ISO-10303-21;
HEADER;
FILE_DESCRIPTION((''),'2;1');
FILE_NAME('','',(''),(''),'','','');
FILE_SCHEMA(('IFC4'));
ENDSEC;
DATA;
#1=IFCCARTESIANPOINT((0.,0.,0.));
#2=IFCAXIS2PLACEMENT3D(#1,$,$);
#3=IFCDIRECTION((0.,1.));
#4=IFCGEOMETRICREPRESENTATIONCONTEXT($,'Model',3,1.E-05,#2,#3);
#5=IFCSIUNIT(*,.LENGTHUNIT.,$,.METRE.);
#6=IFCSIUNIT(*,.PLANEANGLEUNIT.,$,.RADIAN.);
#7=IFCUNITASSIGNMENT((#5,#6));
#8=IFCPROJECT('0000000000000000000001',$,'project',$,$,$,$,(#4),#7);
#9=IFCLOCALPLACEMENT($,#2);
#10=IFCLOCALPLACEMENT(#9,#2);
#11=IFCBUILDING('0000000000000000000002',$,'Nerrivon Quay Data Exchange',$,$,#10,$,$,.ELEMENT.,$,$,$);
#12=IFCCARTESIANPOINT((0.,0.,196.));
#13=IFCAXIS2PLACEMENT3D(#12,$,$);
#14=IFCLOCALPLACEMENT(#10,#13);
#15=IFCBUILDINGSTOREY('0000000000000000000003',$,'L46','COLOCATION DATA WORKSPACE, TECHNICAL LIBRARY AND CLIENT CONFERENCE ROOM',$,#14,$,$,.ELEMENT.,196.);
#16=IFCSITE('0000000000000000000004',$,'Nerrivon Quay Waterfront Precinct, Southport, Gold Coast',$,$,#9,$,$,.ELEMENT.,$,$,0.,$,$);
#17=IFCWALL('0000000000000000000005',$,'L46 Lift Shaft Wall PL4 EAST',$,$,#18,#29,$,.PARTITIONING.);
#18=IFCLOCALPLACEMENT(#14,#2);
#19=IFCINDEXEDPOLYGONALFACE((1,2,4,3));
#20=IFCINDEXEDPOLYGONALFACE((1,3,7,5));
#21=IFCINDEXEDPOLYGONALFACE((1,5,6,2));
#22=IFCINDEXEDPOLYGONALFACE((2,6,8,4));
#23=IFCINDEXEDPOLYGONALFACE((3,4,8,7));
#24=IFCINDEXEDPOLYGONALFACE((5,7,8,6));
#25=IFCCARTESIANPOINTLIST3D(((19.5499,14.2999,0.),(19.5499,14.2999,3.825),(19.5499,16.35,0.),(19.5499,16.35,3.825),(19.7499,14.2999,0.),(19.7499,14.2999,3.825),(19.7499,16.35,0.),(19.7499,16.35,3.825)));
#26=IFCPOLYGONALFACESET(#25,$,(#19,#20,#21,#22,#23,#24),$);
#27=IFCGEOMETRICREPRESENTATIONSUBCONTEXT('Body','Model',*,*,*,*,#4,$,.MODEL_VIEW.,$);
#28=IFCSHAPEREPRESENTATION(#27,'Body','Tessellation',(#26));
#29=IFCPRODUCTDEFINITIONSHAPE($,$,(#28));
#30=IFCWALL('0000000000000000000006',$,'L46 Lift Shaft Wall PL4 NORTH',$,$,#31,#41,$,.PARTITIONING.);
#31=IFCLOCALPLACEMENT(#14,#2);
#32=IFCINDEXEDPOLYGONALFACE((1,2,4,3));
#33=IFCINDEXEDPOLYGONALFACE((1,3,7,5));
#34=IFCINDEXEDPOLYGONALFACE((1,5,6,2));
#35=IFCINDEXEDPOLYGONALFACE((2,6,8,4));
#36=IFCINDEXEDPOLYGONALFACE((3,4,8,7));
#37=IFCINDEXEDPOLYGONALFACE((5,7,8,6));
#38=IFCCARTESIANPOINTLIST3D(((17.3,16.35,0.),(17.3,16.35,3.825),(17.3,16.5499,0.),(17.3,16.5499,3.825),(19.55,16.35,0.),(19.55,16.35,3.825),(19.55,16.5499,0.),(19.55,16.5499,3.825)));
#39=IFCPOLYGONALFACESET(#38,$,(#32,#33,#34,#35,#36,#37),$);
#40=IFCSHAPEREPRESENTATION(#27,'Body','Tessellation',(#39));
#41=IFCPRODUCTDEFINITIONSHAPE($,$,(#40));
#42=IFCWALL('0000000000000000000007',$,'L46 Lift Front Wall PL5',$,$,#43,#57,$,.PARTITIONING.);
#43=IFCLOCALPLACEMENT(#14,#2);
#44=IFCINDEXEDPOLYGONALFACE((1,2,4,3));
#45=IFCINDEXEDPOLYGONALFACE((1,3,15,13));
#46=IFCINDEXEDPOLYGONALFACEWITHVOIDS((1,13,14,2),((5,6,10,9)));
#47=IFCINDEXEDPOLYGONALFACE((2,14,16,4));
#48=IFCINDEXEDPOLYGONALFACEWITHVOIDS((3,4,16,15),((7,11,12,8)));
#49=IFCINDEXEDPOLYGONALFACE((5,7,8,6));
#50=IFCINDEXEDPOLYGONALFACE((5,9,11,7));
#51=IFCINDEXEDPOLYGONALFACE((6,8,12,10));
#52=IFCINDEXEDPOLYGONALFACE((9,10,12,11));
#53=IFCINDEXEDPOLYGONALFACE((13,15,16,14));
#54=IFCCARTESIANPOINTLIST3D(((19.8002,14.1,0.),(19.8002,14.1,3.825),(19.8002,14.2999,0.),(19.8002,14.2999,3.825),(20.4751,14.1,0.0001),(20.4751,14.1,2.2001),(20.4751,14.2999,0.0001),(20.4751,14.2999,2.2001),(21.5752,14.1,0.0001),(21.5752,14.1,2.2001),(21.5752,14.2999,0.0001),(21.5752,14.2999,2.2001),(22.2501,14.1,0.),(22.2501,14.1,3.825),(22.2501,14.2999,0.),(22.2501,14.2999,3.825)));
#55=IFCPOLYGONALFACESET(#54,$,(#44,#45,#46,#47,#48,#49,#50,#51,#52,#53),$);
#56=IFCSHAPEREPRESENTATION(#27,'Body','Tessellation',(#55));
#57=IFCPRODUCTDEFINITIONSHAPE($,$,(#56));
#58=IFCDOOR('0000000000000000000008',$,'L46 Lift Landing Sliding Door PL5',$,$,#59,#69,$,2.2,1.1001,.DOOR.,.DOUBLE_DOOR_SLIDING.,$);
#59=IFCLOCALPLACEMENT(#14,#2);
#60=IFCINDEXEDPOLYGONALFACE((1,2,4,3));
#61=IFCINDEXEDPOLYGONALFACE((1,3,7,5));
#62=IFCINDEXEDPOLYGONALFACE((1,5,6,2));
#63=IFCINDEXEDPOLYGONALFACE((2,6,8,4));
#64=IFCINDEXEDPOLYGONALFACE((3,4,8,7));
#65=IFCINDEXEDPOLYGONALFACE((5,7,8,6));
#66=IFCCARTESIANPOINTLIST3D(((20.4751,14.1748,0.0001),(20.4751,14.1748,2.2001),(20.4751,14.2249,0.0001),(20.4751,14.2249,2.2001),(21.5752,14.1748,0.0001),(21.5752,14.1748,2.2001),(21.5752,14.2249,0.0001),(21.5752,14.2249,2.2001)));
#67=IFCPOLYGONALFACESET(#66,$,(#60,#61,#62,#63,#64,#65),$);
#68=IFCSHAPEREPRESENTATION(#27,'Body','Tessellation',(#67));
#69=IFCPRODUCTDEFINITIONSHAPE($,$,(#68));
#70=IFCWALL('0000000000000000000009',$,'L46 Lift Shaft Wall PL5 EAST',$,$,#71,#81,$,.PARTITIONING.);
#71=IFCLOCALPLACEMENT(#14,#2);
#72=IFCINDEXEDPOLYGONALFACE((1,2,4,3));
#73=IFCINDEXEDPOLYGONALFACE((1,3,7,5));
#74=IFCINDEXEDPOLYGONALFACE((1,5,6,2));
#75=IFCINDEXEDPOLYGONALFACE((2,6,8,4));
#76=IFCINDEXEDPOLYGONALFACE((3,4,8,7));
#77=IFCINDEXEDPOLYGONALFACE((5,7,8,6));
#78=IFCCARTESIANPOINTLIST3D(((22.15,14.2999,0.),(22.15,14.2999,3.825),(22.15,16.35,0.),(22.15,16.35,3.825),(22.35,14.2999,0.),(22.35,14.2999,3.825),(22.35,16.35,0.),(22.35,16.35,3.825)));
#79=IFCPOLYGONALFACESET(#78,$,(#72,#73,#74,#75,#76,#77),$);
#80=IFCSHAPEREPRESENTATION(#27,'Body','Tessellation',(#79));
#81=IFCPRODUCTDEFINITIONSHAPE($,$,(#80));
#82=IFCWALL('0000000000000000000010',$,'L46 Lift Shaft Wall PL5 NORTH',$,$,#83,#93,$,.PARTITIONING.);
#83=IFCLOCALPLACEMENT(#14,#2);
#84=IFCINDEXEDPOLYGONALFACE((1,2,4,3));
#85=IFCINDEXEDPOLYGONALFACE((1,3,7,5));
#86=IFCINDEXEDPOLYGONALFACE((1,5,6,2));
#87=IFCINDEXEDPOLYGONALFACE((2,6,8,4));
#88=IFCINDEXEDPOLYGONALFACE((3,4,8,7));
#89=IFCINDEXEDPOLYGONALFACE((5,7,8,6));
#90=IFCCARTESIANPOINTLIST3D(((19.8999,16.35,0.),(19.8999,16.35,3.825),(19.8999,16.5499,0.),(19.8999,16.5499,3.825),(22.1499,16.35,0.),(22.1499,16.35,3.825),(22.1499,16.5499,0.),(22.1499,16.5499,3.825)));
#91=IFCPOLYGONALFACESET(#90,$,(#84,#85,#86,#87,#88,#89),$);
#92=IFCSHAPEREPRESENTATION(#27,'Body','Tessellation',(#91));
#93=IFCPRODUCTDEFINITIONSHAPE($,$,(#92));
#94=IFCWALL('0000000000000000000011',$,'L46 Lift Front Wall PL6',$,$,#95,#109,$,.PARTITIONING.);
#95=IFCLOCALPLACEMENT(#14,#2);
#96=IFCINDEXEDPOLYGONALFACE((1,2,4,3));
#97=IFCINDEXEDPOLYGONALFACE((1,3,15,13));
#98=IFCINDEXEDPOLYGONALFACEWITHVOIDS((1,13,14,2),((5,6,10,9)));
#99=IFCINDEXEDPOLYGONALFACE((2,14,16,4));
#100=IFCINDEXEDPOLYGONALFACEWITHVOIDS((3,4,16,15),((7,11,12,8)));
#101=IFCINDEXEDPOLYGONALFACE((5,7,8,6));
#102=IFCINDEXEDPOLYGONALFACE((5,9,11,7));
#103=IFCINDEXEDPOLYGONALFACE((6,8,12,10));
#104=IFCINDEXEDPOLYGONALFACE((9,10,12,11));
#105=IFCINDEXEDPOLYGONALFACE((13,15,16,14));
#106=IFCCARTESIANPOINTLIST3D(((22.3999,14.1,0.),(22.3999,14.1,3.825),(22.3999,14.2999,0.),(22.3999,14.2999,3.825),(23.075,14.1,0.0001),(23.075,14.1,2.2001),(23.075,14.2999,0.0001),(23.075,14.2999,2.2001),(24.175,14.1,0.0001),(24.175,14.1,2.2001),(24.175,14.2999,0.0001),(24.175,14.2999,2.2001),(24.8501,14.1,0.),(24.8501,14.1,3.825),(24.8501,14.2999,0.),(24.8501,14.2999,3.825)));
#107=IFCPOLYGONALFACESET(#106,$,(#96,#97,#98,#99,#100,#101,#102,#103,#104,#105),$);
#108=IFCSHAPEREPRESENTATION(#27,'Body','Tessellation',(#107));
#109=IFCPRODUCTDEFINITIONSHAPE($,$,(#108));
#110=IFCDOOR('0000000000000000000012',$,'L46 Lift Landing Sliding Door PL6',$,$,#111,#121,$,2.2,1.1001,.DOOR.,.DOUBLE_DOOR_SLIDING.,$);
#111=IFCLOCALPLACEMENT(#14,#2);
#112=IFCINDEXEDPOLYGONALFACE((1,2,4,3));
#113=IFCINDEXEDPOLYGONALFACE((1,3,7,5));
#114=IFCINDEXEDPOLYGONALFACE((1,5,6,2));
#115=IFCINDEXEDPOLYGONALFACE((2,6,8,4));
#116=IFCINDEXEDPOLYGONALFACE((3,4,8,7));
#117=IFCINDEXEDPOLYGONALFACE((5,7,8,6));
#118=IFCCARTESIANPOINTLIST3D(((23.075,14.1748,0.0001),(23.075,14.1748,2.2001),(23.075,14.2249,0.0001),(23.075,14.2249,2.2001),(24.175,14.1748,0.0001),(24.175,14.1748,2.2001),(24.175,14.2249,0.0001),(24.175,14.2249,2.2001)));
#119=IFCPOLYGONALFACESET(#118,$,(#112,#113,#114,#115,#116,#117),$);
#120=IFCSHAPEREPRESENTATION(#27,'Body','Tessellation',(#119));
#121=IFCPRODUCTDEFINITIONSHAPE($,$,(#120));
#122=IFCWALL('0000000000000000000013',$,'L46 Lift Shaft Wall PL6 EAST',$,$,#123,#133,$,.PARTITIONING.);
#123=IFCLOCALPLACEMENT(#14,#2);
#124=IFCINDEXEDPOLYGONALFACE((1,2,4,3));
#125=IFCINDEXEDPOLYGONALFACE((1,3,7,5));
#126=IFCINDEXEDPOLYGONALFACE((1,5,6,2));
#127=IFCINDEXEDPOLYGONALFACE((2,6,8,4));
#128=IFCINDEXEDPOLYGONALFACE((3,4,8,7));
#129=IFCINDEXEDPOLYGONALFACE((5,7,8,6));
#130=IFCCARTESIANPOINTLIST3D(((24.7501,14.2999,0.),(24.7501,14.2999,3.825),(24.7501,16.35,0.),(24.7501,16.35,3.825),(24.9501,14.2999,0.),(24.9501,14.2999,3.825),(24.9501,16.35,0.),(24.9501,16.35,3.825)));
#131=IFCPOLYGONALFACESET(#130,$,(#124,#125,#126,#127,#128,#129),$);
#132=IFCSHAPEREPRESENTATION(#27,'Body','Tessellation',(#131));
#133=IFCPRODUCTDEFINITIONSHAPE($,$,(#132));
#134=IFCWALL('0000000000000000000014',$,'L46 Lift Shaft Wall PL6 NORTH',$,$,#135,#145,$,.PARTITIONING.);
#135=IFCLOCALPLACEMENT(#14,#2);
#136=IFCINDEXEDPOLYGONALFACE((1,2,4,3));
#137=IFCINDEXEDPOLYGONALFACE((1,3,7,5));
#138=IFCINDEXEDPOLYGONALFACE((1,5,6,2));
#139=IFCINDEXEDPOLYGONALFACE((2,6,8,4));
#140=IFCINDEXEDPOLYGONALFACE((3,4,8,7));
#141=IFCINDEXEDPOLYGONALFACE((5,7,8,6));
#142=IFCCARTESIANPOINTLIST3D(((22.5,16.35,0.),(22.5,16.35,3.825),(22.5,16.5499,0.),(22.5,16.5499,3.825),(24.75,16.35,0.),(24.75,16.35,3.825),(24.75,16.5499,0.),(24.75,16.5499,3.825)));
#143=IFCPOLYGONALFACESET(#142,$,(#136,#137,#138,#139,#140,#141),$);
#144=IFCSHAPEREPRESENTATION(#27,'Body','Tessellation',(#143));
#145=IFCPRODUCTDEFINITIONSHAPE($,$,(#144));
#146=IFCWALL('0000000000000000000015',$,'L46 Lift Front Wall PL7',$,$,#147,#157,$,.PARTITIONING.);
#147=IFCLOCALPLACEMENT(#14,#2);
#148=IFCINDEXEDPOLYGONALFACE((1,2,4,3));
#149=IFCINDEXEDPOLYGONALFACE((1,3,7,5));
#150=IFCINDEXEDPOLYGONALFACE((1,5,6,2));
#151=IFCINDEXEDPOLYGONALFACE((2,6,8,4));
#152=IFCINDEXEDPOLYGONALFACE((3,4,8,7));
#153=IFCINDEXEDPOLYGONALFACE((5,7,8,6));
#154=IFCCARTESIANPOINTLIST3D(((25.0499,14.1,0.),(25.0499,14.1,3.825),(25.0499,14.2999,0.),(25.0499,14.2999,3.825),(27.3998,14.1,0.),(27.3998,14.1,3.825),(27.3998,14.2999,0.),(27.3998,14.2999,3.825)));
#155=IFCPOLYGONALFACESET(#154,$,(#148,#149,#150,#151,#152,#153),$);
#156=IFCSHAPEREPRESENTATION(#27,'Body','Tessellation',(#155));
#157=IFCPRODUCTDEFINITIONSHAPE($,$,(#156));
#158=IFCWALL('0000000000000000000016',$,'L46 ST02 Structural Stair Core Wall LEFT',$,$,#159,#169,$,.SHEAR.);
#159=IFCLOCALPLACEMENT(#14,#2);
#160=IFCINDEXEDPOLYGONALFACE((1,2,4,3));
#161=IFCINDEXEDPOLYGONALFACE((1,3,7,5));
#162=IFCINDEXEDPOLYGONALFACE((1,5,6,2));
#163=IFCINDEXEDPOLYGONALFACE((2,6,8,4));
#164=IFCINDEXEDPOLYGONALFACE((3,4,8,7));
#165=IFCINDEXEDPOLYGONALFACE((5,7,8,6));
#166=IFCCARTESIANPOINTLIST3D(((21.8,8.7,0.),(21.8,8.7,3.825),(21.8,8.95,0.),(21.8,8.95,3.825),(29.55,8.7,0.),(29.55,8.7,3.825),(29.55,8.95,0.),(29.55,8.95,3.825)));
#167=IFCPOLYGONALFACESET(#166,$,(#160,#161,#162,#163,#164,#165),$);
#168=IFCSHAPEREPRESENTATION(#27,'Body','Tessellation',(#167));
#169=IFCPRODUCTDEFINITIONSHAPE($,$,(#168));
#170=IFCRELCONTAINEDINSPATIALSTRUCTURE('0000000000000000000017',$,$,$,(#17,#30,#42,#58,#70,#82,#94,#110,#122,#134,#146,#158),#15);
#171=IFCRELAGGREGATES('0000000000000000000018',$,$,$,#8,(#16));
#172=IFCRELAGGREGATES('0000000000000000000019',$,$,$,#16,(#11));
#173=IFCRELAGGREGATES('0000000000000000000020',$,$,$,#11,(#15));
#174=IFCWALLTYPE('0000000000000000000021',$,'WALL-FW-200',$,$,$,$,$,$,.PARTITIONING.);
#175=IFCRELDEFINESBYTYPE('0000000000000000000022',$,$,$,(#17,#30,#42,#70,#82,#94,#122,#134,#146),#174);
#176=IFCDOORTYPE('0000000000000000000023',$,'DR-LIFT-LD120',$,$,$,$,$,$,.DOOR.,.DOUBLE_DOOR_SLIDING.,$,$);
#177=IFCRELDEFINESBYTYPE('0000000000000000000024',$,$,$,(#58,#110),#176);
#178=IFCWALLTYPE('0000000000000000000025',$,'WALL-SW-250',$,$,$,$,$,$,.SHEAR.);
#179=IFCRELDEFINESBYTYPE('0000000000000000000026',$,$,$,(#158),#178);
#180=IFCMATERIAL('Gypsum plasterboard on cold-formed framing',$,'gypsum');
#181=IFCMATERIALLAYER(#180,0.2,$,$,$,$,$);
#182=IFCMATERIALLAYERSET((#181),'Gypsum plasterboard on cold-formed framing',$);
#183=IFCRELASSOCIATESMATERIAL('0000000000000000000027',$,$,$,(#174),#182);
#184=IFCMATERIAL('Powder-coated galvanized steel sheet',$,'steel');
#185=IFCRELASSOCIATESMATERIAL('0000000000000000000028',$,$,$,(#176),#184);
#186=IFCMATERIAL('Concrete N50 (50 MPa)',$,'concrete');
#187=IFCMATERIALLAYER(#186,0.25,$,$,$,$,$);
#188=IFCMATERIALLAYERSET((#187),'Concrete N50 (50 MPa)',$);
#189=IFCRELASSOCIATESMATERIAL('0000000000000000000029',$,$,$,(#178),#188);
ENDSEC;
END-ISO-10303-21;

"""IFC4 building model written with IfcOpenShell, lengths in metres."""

from ifc_helpers import new_model, si_unit, direction, frame, frame_2d, origin, place, context, subcontext, project, spatial, rectangle, extrude, material, layer, layer_set, type_object, element, fill, save


model = new_model("IFC4")

# Units and contexts
model_context = context("Model", 3, precision=1e-05, world=origin(), true_north=direction((0.0, 1.0)))
body_context = subcontext(model_context, "Body", "Model", "MODEL_VIEW")
ifc_project = project(units=[si_unit("LENGTHUNIT", "METRE"), si_unit("PLANEANGLEUNIT", "RADIAN")], contexts=[model_context])

# Site, building, storey
site_placement = place(None, origin())
site = spatial("IfcSite", under=ifc_project, at=site_placement, Name="Nerrivon Quay Waterfront Precinct, Southport, Gold Coast", CompositionType="ELEMENT", RefElevation=0.0)
building_placement = place(site_placement, origin())
building = spatial("IfcBuilding", under=site, at=building_placement, Name="Nerrivon Quay Data Exchange", CompositionType="ELEMENT")
storey_placement = place(building_placement, frame((0.0, 0.0, 196.0)))
storey = spatial("IfcBuildingStorey", under=building, at=storey_placement, Name="L46", Description="COLOCATION DATA WORKSPACE, TECHNICAL LIBRARY AND CLIENT CONFERENCE ROOM", CompositionType="ELEMENT", Elevation=196.0)

# Shared definitions
ifc_material_1 = material(Name="Concrete N50 (50 MPa)", Category="concrete")

# Shared definitions
ifc_material_2 = material(Name="Powder-coated galvanized steel sheet", Category="steel")

# Shared definitions
ifc_material_3 = material(Name="Gypsum plasterboard on cold-formed framing", Category="gypsum")
ifc_layer_1 = layer(ifc_material_3, 0.2)
ifc_layer_set_1 = layer_set([ifc_layer_1], Name="Gypsum plasterboard on cold-formed framing")
wall_type_1 = type_object("IfcWallType", Name="WALL-FW-200", PredefinedType="PARTITIONING", material=ifc_layer_set_1)

# Shared definitions
door_type_1 = type_object("IfcDoorType", Name="DR-LIFT-LD120", OperationType="DOUBLE_DOOR_SLIDING", PredefinedType="DOOR", material=ifc_material_2)

# Walls
wall_1_placement = place(storey_placement, frame((19.6499, 14.3, 0.0), z_axis=(0.0, 0.0, 1.0), x_axis=(0.0, 1.0, 0.0)))
element("IfcWall", 1, at=wall_1_placement, inside=storey, type_object=wall_type_1, Name="L46 Lift Shaft Wall PL4 EAST", PredefinedType="PARTITIONING", context=body_context, shape_type="SweptSolid", body=[
    extrude(rectangle(XDim=2.05, YDim=0.2, at=frame_2d((1.0249, 0.0))), origin(), (0.0, 0.0, 1.0), 3.825),
])
wall_2_placement = place(storey_placement, frame((17.3, 16.45, 0.0), z_axis=(0.0, 0.0, 1.0), x_axis=(1.0, 0.0, 0.0)))
element("IfcWall", 2, at=wall_2_placement, inside=storey, type_object=wall_type_1, Name="L46 Lift Shaft Wall PL4 NORTH", PredefinedType="PARTITIONING", context=body_context, shape_type="SweptSolid", body=[
    extrude(rectangle(XDim=2.25, YDim=0.2, at=frame_2d((1.125, 0.0))), origin(), (0.0, 0.0, 1.0), 3.825),
])

# Wall, opening, door
wall_3_placement = place(storey_placement, frame((19.8, 14.2, 0.0), z_axis=(0.0, 0.0, 1.0), x_axis=(1.0, 0.0, 0.0)))
wall_3 = element("IfcWall", 3, at=wall_3_placement, inside=storey, type_object=wall_type_1, Name="L46 Lift Front Wall PL5", PredefinedType="PARTITIONING", context=body_context, shape_type="SweptSolid", body=[
    extrude(rectangle(XDim=2.45, YDim=0.2, at=frame_2d((1.2251, 0.0))), origin(), (0.0, 0.0, 1.0), 3.825),
])
opening_1_placement = place(wall_3_placement, frame((0.675, 0.0, 0.0)))
opening_1 = element("IfcOpeningElement", 4, at=opening_1_placement, cuts=wall_3, PredefinedType="OPENING", context=body_context, shape_type="SweptSolid", body=[
    extrude(rectangle(XDim=1.1001, YDim=2.2, at=frame_2d((0.55, 1.1001))), frame((0.0, 0.1099, 0.0), z_axis=(0.0, -1.0, 0.0), x_axis=(1.0, 0.0, 0.0)), (0.0, 0.0, 1.0), 0.22),
])
door_1_placement = place(opening_1_placement, origin())
door_1 = element("IfcDoor", 5, at=door_1_placement, inside=storey, type_object=door_type_1, Name="L46 Lift Landing Sliding Door PL5", OperationType="DOUBLE_DOOR_SLIDING", OverallHeight=2.2, OverallWidth=1.1001, PredefinedType="DOOR", context=body_context, shape_type="SweptSolid", body=[
    extrude(rectangle(XDim=1.1001, YDim=2.2, at=frame_2d((0.55, 1.1001))), frame((0.0, 0.0249, 0.0), z_axis=(0.0, -1.0, 0.0), x_axis=(1.0, 0.0, 0.0)), (0.0, 0.0, 1.0), 0.05),
])
fill(opening_1, door_1)

# Walls
wall_4_placement = place(storey_placement, frame((22.25, 14.3, 0.0), z_axis=(0.0, 0.0, 1.0), x_axis=(0.0, 1.0, 0.0)))
element("IfcWall", 6, at=wall_4_placement, inside=storey, type_object=wall_type_1, Name="L46 Lift Shaft Wall PL5 EAST", PredefinedType="PARTITIONING", context=body_context, shape_type="SweptSolid", body=[
    extrude(rectangle(XDim=2.05, YDim=0.2, at=frame_2d((1.0249, 0.0))), origin(), (0.0, 0.0, 1.0), 3.825),
])
wall_5_placement = place(storey_placement, frame((19.8999, 16.45, 0.0), z_axis=(0.0, 0.0, 1.0), x_axis=(1.0, 0.0, 0.0)))
element("IfcWall", 7, at=wall_5_placement, inside=storey, type_object=wall_type_1, Name="L46 Lift Shaft Wall PL5 NORTH", PredefinedType="PARTITIONING", context=body_context, shape_type="SweptSolid", body=[
    extrude(rectangle(XDim=2.25, YDim=0.2, at=frame_2d((1.125, 0.0))), origin(), (0.0, 0.0, 1.0), 3.825),
])

# Wall, opening, door
wall_6_placement = place(storey_placement, frame((22.3999, 14.2, 0.0), z_axis=(0.0, 0.0, 1.0), x_axis=(1.0, 0.0, 0.0)))
wall_6 = element("IfcWall", 8, at=wall_6_placement, inside=storey, type_object=wall_type_1, Name="L46 Lift Front Wall PL6", PredefinedType="PARTITIONING", context=body_context, shape_type="SweptSolid", body=[
    extrude(rectangle(XDim=2.4502, YDim=0.2, at=frame_2d((1.2251, 0.0))), origin(), (0.0, 0.0, 1.0), 3.825),
])
opening_2_placement = place(wall_6_placement, frame((0.675, 0.0, 0.0)))
opening_2 = element("IfcOpeningElement", 9, at=opening_2_placement, cuts=wall_6, PredefinedType="OPENING", context=body_context, shape_type="SweptSolid", body=[
    extrude(rectangle(XDim=1.1001, YDim=2.2, at=frame_2d((0.55, 1.1001))), frame((0.0, 0.1099, 0.0), z_axis=(0.0, -1.0, 0.0), x_axis=(1.0, 0.0, 0.0)), (0.0, 0.0, 1.0), 0.22),
])
door_2_placement = place(opening_2_placement, origin())
door_2 = element("IfcDoor", 10, at=door_2_placement, inside=storey, type_object=door_type_1, Name="L46 Lift Landing Sliding Door PL6", OperationType="DOUBLE_DOOR_SLIDING", OverallHeight=2.2, OverallWidth=1.1001, PredefinedType="DOOR", context=body_context, shape_type="SweptSolid", body=[
    extrude(rectangle(XDim=1.1001, YDim=2.2, at=frame_2d((0.55, 1.1001))), frame((0.0, 0.0249, 0.0), z_axis=(0.0, -1.0, 0.0), x_axis=(1.0, 0.0, 0.0)), (0.0, 0.0, 1.0), 0.05),
])
fill(opening_2, door_2)

# Walls
wall_7_placement = place(storey_placement, frame((24.8501, 14.3, 0.0), z_axis=(0.0, 0.0, 1.0), x_axis=(0.0, 1.0, 0.0)))
element("IfcWall", 11, at=wall_7_placement, inside=storey, type_object=wall_type_1, Name="L46 Lift Shaft Wall PL6 EAST", PredefinedType="PARTITIONING", context=body_context, shape_type="SweptSolid", body=[
    extrude(rectangle(XDim=2.05, YDim=0.2, at=frame_2d((1.0249, 0.0))), origin(), (0.0, 0.0, 1.0), 3.825),
])
wall_8_placement = place(storey_placement, frame((22.5, 16.45, 0.0), z_axis=(0.0, 0.0, 1.0), x_axis=(1.0, 0.0, 0.0)))
element("IfcWall", 12, at=wall_8_placement, inside=storey, type_object=wall_type_1, Name="L46 Lift Shaft Wall PL6 NORTH", PredefinedType="PARTITIONING", context=body_context, shape_type="SweptSolid", body=[
    extrude(rectangle(XDim=2.25, YDim=0.2, at=frame_2d((1.125, 0.0))), origin(), (0.0, 0.0, 1.0), 3.825),
])
wall_9_placement = place(storey_placement, frame((25.05, 14.2, 0.0), z_axis=(0.0, 0.0, 1.0), x_axis=(1.0, 0.0, 0.0)))
element("IfcWall", 13, at=wall_9_placement, inside=storey, type_object=wall_type_1, Name="L46 Lift Front Wall PL7", PredefinedType="PARTITIONING", context=body_context, shape_type="SweptSolid", body=[
    extrude(rectangle(XDim=2.3499, YDim=0.2, at=frame_2d((1.1748, 0.0))), origin(), (0.0, 0.0, 1.0), 3.825),
])
ifc_layer_2 = layer(ifc_material_1, 0.25)
ifc_layer_set_2 = layer_set([ifc_layer_2], Name="Concrete N50 (50 MPa)")
wall_type_2 = type_object("IfcWallType", Name="WALL-SW-250", PredefinedType="SHEAR", material=ifc_layer_set_2)
wall_10_placement = place(storey_placement, frame((21.8, 8.825, 0.0), z_axis=(0.0, 0.0, 1.0), x_axis=(1.0, 0.0, 0.0)))
element("IfcWall", 14, at=wall_10_placement, inside=storey, type_object=wall_type_2, Name="L46 ST02 Structural Stair Core Wall LEFT", PredefinedType="SHEAR", context=body_context, shape_type="SweptSolid", body=[
    extrude(rectangle(XDim=7.75, YDim=0.25, at=frame_2d((3.875, 0.0))), origin(), (0.0, 0.0, 1.0), 3.825),
])

save(model, "model.ifc")
